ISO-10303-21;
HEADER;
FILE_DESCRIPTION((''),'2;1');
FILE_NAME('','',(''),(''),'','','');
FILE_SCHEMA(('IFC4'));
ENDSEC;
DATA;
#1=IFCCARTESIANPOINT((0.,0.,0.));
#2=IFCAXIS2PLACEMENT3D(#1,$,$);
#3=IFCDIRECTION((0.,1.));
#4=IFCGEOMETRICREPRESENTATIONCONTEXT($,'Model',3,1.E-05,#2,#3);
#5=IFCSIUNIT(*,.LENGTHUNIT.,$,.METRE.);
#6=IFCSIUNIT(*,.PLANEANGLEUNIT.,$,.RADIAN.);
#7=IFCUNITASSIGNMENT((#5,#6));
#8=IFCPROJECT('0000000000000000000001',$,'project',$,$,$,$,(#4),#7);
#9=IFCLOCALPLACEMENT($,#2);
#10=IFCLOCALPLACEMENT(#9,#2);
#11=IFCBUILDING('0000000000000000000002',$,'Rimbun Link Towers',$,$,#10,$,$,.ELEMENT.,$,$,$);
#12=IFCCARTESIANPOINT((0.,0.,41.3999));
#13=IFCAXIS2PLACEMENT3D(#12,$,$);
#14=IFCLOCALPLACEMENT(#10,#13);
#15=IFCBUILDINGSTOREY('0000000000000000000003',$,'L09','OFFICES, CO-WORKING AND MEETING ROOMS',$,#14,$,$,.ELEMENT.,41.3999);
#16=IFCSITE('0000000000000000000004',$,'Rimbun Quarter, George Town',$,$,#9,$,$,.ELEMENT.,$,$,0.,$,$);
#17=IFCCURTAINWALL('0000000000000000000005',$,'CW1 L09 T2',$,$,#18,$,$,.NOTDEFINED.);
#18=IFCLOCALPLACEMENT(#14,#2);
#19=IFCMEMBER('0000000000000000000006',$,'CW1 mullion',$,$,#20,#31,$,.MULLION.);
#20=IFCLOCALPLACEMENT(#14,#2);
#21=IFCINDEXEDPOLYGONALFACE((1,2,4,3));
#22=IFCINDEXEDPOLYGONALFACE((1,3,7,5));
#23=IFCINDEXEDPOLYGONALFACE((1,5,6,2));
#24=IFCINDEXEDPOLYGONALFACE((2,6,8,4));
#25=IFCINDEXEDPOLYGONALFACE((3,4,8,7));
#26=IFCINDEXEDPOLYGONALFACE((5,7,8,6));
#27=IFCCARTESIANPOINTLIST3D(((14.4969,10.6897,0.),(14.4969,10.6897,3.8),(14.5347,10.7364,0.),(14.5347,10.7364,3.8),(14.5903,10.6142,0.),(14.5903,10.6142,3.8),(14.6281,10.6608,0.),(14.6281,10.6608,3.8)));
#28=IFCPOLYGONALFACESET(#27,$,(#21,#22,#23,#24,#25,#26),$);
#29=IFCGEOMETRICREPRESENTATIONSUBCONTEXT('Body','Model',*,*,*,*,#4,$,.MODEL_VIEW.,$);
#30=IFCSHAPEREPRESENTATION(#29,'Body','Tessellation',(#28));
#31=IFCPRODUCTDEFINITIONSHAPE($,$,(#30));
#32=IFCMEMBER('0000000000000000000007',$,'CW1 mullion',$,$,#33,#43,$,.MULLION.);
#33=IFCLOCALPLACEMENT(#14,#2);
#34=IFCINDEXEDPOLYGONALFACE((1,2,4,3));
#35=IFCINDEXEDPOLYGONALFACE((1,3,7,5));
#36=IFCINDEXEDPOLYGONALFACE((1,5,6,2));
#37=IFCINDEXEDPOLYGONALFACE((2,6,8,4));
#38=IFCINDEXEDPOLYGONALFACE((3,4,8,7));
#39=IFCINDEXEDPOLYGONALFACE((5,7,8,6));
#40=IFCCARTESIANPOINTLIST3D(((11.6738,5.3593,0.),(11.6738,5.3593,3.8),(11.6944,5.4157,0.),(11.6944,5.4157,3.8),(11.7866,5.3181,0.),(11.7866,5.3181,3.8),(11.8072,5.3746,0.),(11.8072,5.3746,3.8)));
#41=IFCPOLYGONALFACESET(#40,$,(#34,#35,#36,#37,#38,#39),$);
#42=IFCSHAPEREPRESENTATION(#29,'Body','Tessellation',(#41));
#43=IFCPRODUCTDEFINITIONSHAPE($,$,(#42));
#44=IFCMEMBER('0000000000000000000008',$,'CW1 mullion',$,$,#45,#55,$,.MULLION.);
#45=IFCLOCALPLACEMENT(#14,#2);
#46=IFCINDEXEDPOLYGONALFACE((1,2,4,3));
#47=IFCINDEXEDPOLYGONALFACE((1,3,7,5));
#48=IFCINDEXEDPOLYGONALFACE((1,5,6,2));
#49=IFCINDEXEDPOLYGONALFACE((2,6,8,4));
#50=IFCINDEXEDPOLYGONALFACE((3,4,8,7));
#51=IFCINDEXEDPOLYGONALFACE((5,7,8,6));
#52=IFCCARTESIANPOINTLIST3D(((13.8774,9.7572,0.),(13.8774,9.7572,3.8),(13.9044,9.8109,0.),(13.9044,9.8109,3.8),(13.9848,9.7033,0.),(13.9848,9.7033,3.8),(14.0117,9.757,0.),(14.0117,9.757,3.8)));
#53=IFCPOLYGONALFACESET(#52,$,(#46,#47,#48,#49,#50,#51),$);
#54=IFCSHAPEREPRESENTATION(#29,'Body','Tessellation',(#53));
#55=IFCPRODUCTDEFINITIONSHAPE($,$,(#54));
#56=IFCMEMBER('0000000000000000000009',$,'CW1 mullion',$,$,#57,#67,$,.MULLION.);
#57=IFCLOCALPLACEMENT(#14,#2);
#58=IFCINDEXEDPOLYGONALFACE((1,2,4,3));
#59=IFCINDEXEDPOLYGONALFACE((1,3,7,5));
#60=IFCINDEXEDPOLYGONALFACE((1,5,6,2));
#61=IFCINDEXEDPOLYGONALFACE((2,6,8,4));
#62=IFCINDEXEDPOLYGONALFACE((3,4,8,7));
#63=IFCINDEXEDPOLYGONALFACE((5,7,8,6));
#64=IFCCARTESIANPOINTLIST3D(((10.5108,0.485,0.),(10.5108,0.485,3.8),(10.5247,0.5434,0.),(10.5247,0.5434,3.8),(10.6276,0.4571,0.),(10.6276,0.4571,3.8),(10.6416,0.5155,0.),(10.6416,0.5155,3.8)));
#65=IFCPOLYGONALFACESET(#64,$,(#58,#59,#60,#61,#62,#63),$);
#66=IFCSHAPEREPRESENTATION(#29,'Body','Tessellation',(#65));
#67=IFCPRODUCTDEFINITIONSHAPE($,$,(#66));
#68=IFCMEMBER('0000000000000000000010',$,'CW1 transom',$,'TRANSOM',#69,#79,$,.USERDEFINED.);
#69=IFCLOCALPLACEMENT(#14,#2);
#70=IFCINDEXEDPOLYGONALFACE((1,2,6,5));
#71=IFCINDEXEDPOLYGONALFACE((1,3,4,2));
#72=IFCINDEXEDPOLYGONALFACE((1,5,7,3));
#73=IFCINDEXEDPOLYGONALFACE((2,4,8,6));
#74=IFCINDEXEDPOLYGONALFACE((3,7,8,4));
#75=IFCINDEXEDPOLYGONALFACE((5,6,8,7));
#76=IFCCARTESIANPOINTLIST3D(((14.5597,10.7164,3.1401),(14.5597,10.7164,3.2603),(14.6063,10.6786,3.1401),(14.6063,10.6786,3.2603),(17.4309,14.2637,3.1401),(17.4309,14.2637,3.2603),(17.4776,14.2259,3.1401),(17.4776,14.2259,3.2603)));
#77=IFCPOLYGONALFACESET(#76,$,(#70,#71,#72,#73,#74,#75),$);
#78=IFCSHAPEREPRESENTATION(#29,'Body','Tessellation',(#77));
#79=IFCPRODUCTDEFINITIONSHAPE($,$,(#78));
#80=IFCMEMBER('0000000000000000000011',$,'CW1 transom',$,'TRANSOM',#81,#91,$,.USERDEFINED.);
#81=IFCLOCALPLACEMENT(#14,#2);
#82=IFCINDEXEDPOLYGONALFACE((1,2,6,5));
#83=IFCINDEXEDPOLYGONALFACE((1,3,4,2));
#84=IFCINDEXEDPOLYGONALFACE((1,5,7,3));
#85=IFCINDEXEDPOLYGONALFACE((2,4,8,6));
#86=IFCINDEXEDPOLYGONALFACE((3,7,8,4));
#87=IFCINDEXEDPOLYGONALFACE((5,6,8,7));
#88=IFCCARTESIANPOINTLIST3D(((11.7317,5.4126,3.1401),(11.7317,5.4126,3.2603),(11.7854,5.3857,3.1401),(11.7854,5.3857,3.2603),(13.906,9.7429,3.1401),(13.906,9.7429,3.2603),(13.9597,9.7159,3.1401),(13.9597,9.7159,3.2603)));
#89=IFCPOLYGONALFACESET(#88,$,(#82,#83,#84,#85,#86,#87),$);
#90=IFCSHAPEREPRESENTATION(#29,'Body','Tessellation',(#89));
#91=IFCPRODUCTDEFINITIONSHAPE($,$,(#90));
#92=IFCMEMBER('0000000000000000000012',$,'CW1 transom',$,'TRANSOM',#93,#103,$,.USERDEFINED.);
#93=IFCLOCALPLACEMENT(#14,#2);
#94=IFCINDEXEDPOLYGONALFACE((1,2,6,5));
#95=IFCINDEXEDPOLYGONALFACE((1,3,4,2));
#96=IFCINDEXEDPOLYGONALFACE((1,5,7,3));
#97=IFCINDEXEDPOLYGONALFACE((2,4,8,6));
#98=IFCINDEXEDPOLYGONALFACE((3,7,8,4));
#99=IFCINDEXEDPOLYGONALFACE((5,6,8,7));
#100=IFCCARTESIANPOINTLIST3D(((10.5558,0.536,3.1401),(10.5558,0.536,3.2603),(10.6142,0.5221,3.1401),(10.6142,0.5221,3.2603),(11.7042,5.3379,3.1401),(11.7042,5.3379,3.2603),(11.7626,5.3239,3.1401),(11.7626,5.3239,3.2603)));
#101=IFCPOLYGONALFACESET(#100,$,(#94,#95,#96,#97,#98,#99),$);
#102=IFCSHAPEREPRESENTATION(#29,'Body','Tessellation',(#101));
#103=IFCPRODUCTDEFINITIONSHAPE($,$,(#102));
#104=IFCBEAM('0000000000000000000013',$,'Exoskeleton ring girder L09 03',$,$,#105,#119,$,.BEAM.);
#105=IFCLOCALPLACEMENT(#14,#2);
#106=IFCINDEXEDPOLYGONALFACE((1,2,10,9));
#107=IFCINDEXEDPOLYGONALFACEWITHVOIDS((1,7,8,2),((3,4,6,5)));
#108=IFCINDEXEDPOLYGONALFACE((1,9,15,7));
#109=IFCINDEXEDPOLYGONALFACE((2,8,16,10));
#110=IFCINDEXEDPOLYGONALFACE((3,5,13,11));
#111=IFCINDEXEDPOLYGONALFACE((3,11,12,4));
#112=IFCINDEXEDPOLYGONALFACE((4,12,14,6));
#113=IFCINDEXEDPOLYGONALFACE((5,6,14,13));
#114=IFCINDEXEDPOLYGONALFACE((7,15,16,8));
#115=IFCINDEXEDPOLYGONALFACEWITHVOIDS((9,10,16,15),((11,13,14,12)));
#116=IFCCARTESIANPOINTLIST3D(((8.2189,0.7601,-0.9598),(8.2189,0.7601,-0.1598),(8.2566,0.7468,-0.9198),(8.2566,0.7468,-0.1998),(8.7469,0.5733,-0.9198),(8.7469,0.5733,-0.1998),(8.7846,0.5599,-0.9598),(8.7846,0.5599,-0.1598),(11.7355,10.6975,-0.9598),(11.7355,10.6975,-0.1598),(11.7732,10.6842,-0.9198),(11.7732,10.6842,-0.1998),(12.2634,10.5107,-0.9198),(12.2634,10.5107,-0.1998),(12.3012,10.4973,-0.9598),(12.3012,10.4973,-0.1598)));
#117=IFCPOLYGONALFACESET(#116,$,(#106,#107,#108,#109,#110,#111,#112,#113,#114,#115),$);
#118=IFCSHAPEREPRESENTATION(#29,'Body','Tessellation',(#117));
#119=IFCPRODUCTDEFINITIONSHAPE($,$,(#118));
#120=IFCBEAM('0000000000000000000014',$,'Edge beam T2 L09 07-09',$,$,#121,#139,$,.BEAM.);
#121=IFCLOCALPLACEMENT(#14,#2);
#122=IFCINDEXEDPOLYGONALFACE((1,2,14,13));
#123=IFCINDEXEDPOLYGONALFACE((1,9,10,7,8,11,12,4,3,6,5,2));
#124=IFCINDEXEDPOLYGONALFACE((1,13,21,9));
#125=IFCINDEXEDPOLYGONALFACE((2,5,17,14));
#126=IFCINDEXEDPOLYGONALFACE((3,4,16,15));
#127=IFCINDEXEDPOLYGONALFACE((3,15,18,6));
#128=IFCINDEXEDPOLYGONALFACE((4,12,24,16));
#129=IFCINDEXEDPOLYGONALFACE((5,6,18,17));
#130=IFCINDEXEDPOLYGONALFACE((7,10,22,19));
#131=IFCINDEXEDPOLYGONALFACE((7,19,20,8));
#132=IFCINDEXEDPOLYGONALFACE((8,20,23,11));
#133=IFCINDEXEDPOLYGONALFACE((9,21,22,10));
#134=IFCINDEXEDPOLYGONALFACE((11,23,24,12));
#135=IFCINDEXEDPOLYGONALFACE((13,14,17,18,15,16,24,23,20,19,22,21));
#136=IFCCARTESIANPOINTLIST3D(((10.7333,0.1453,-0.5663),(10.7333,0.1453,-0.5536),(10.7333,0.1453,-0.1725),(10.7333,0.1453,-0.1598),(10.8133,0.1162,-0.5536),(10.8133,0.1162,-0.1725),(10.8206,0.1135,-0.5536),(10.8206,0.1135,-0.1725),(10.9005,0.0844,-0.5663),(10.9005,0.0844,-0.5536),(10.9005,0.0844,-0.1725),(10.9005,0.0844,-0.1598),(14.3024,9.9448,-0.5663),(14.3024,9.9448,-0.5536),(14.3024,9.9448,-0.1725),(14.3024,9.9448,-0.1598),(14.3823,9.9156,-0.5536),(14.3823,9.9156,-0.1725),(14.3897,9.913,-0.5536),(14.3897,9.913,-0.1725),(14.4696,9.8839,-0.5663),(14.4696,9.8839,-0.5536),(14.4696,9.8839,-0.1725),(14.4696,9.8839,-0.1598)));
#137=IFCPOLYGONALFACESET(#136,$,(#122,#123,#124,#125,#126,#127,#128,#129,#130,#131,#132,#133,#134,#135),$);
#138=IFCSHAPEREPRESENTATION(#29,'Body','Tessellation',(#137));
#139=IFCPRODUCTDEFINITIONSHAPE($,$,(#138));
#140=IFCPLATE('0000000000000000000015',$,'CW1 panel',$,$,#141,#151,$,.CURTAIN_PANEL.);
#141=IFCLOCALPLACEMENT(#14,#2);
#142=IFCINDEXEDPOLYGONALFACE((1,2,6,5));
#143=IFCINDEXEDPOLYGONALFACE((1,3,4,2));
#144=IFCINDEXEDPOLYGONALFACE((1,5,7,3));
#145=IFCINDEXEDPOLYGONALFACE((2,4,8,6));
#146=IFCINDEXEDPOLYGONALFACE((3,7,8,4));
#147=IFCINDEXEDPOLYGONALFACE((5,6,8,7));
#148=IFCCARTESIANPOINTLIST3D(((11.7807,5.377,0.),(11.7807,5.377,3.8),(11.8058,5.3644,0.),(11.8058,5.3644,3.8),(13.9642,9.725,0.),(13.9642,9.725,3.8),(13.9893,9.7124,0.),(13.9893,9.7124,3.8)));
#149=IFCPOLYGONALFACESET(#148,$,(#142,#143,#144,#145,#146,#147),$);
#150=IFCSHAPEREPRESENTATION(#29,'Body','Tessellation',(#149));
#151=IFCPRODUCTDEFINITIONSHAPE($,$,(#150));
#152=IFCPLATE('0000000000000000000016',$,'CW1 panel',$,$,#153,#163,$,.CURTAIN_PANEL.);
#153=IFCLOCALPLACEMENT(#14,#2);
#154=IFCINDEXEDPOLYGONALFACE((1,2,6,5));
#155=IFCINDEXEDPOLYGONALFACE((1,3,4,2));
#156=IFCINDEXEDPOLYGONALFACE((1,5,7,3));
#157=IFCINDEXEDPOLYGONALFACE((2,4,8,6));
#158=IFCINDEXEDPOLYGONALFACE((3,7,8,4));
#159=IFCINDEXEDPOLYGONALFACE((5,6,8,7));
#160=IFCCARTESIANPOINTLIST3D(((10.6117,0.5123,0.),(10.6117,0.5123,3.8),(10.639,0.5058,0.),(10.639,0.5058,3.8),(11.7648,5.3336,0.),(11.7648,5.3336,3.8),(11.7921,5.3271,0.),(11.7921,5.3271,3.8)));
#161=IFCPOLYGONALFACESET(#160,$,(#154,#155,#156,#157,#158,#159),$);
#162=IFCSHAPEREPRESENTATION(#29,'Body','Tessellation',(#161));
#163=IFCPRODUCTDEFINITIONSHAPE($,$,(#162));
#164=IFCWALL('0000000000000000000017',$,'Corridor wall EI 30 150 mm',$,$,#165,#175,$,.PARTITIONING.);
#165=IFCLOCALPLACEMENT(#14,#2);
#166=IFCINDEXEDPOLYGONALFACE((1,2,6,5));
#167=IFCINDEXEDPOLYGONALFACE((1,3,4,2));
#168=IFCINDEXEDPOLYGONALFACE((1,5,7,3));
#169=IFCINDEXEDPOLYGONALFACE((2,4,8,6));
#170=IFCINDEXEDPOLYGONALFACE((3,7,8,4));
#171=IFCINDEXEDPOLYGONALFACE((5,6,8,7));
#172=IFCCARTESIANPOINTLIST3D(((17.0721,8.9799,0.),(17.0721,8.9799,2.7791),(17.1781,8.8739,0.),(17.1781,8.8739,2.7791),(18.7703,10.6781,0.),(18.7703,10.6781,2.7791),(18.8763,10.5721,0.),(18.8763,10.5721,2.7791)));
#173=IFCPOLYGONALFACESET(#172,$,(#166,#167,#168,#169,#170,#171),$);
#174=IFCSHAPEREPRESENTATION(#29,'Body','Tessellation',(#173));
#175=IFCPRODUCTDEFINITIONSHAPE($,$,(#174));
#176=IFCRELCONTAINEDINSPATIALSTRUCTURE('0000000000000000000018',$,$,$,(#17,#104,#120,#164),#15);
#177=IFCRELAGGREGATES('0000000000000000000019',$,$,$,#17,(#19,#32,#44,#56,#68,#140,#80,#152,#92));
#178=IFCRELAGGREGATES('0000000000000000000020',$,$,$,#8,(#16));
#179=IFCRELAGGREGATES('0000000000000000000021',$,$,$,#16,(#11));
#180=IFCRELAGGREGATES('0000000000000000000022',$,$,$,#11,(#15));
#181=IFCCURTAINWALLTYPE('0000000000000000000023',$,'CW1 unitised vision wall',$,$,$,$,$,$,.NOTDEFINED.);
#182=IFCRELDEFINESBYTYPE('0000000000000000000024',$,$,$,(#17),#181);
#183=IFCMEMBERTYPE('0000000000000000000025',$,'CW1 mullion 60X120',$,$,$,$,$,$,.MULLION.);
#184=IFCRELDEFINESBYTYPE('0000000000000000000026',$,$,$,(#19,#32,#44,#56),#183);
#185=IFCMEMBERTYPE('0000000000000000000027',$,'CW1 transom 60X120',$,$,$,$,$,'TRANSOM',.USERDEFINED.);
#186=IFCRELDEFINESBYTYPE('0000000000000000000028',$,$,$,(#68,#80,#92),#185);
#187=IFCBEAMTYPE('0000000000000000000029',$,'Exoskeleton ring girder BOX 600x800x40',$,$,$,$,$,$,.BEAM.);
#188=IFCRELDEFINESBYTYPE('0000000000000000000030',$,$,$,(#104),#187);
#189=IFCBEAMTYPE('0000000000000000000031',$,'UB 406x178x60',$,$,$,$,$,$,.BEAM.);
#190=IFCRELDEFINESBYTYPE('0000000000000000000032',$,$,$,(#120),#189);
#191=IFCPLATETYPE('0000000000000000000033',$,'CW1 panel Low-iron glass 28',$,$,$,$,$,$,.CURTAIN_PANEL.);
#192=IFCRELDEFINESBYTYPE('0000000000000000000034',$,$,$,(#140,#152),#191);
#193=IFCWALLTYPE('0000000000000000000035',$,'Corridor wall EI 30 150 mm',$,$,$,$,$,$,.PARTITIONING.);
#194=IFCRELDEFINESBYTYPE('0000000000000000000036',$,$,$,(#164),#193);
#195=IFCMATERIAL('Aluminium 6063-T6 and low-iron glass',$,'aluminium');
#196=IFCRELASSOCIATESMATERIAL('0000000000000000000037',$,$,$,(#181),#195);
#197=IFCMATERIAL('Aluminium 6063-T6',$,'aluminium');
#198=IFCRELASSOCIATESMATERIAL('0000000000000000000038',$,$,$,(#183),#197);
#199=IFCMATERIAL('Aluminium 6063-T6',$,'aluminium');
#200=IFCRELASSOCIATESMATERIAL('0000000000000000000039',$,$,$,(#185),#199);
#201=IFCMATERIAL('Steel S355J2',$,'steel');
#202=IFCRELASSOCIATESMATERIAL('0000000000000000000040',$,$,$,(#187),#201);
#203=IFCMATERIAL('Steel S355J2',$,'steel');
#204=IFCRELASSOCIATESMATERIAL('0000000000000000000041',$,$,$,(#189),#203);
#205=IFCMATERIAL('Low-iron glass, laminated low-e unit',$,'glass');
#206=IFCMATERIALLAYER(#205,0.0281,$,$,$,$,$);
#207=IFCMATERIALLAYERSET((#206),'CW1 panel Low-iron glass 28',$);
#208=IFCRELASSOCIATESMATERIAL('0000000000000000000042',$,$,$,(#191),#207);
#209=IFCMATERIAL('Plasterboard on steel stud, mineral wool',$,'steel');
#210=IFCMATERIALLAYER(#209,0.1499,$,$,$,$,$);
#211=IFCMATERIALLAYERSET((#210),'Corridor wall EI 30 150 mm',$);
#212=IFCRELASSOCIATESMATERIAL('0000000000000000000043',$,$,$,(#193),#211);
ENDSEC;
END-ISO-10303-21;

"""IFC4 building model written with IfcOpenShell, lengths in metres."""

from ifc_helpers import new_model, si_unit, direction, frame, frame_2d, origin, origin_2d, place, context, subcontext, project, spatial, rectangle, hollow_rectangle, i_section, extrude, material, layer, layer_set, material_profile, profile_set, type_object, element, aggregate, save


model = new_model("IFC4")

# Units and contexts
model_context = context("Model", 3, precision=1e-05, world=origin(), true_north=direction((0.0, 1.0)))
body_context = subcontext(model_context, "Body", "Model", "MODEL_VIEW")
ifc_project = project(units=[si_unit("LENGTHUNIT", "METRE"), si_unit("PLANEANGLEUNIT", "RADIAN")], contexts=[model_context])

# Site, building, storey
site_placement = place(None, origin())
site = spatial("IfcSite", under=ifc_project, at=site_placement, Name="Rimbun Quarter, George Town", CompositionType="ELEMENT", RefElevation=0.0)
building_placement = place(site_placement, origin())
building = spatial("IfcBuilding", under=site, at=building_placement, Name="Rimbun Link Towers", CompositionType="ELEMENT")
storey_placement = place(building_placement, frame((0.0, 0.0, 41.3999)))
storey = spatial("IfcBuildingStorey", under=building, at=storey_placement, Name="L09", Description="OFFICES, CO-WORKING AND MEETING ROOMS", CompositionType="ELEMENT", Elevation=41.3999)

# Curtain wall, members
ifc_material_1 = material(Name="Aluminium 6063-T6 and low-iron glass", Category="aluminium")
curtain_wall_type = type_object("IfcCurtainWallType", Name="CW1 unitised vision wall", PredefinedType="NOTDEFINED", material=ifc_material_1)
curtain_wall_placement = place(storey_placement, origin())
curtain_wall = element("IfcCurtainWall", 1, at=curtain_wall_placement, inside=storey, type_object=curtain_wall_type, Name="CW1 L09 T2", PredefinedType="NOTDEFINED")
ifc_material_2 = material(Name="Aluminium 6063-T6", Category="aluminium")
ifc_material_profile_1 = material_profile(ifc_material_2, rectangle(XDim=0.1201, YDim=0.0601, at=origin_2d()), Name="MULLION 60X120")
ifc_profile_set_1 = profile_set([ifc_material_profile_1], Name="Aluminium 6063-T6")
member_type_1 = type_object("IfcMemberType", Name="CW1 mullion 60X120", PredefinedType="MULLION", material=ifc_profile_set_1)
member_1_placement = place(storey_placement, frame((14.5625, 10.6753, 0.0), z_axis=(0.0, 0.0, 1.0), x_axis=(-0.77728, 0.629155, 0.0)))
member_1 = element("IfcMember", 2, at=member_1_placement, type_object=member_type_1, Name="CW1 mullion", PredefinedType="MULLION", context=body_context, shape_type="SweptSolid", body=[
    extrude(rectangle(XDim=0.1201, YDim=0.0601, at=origin_2d()), origin(), (0.0, 0.0, 1.0), 3.8),
])
member_2_placement = place(storey_placement, frame((11.7405, 5.3669, 0.0), z_axis=(0.0, 0.0, 1.0), x_axis=(-0.939348, 0.342966, 0.0)))
member_2 = element("IfcMember", 3, at=member_2_placement, type_object=member_type_1, Name="CW1 mullion", PredefinedType="MULLION", context=body_context, shape_type="SweptSolid", body=[
    extrude(rectangle(XDim=0.1201, YDim=0.0601, at=origin_2d()), origin(), (0.0, 0.0, 1.0), 3.8),
])
member_3_placement = place(storey_placement, frame((13.9446, 9.7571, 0.0), z_axis=(0.0, 0.0, 1.0), x_axis=(-0.893649, 0.448766, 0.0)))
member_3 = element("IfcMember", 4, at=member_3_placement, type_object=member_type_1, Name="CW1 mullion", PredefinedType="MULLION", context=body_context, shape_type="SweptSolid", body=[
    extrude(rectangle(XDim=0.1201, YDim=0.0601, at=origin_2d()), origin(), (0.0, 0.0, 1.0), 3.8),
])
member_4_placement = place(storey_placement, frame((10.5762, 0.5002, 0.0), z_axis=(0.0, 0.0, 1.0), x_axis=(-0.97257, 0.23261, 0.0)))
member_4 = element("IfcMember", 5, at=member_4_placement, type_object=member_type_1, Name="CW1 mullion", PredefinedType="MULLION", context=body_context, shape_type="SweptSolid", body=[
    extrude(rectangle(XDim=0.1201, YDim=0.0601, at=origin_2d()), origin(), (0.0, 0.0, 1.0), 3.8),
])
ifc_material_3 = material(Name="Aluminium 6063-T6", Category="aluminium")
ifc_material_profile_2 = material_profile(ifc_material_3, rectangle(XDim=0.0601, YDim=0.1201, at=origin_2d()), Name="TRANSOM 60X120")
ifc_profile_set_2 = profile_set([ifc_material_profile_2], Name="Aluminium 6063-T6")
member_type_2 = type_object("IfcMemberType", Name="CW1 transom 60X120", ElementType="TRANSOM", PredefinedType="USERDEFINED", material=ifc_profile_set_2)
member_5_placement = place(storey_placement, frame((14.583, 10.6975, 3.2002), z_axis=(0.629154, 0.777281, 0.0), x_axis=(-0.777281, 0.629154, 0.0)))
member_5 = element("IfcMember", 6, at=member_5_placement, type_object=member_type_2, Name="CW1 transom", ObjectType="TRANSOM", PredefinedType="USERDEFINED", context=body_context, shape_type="SweptSolid", body=[
    extrude(rectangle(XDim=0.0601, YDim=0.1201, at=origin_2d()), origin(), (0.0, 0.0, 1.0), 4.5637),
])
member_6_placement = place(storey_placement, frame((11.7585, 5.3992, 3.2002), z_axis=(0.448724, 0.89367, 0.0), x_axis=(-0.89367, 0.448724, 0.0)))
member_6 = element("IfcMember", 7, at=member_6_placement, type_object=member_type_2, Name="CW1 transom", ObjectType="TRANSOM", PredefinedType="USERDEFINED", context=body_context, shape_type="SweptSolid", body=[
    extrude(rectangle(XDim=0.0601, YDim=0.1201, at=origin_2d()), origin(), (0.0, 0.0, 1.0), 4.8455),
])
member_7_placement = place(storey_placement, frame((10.585, 0.5291, 3.2002), z_axis=(0.23261, 0.97257, 0.0), x_axis=(-0.97257, 0.23261, 0.0)))
member_7 = element("IfcMember", 8, at=member_7_placement, type_object=member_type_2, Name="CW1 transom", ObjectType="TRANSOM", PredefinedType="USERDEFINED", context=body_context, shape_type="SweptSolid", body=[
    extrude(rectangle(XDim=0.0601, YDim=0.1201, at=origin_2d()), origin(), (0.0, 0.0, 1.0), 4.9373),
])

# Beams
ifc_material_4 = material(Name="Steel S355J2", Category="steel")
ifc_material_profile_3 = material_profile(ifc_material_4, hollow_rectangle(XDim=0.6001, YDim=0.8, WallThickness=0.04, at=origin_2d()), Name="Exoskeleton ring girder BOX 600x800x40")
ifc_profile_set_3 = profile_set([ifc_material_profile_3], Name="Steel S355J2")
beam_type_1 = type_object("IfcBeamType", Name="Exoskeleton ring girder BOX 600x800x40", PredefinedType="BEAM", material=ifc_profile_set_3)
beam_1_placement = place(storey_placement, frame((12.0183, 10.5974, -0.5598), z_axis=(-0.3336, -0.942715, 0.0), x_axis=(0.942715, -0.3336, 0.0)))
element("IfcBeam", 9, at=beam_1_placement, inside=storey, type_object=beam_type_1, Name="Exoskeleton ring girder L09 03", PredefinedType="BEAM", context=body_context, shape_type="SweptSolid", body=[
    extrude(hollow_rectangle(XDim=0.6001, YDim=0.8, WallThickness=0.04, at=origin_2d()), origin(), (0.0, 0.0, 1.0), 10.5413),
])
ifc_material_5 = material(Name="Steel S355J2", Category="steel")
ifc_material_profile_4 = material_profile(ifc_material_5, i_section(OverallWidth=0.178, OverallDepth=0.4065, WebThickness=0.0078, FlangeThickness=0.0127, at=origin_2d()), Name="UB 406x178x60")
ifc_profile_set_4 = profile_set([ifc_material_profile_4], Name="Steel S355J2")
beam_type_2 = type_object("IfcBeamType", Name="UB 406x178x60", PredefinedType="BEAM", material=ifc_profile_set_4)
beam_2_placement = place(storey_placement, frame((14.386, 9.9143, -0.363), z_axis=(-0.342219, -0.93962, 0.0), x_axis=(0.93962, -0.342219, 0.0)))
element("IfcBeam", 10, at=beam_2_placement, inside=storey, type_object=beam_type_2, Name="Edge beam T2 L09 07-09", PredefinedType="BEAM", context=body_context, shape_type="SweptSolid", body=[
    extrude(i_section(OverallWidth=0.178, OverallDepth=0.4065, WebThickness=0.0078, FlangeThickness=0.0127, at=origin_2d()), origin(), (0.0, 0.0, 1.0), 10.4292),
])

# Plates
ifc_material_6 = material(Name="Low-iron glass, laminated low-e unit", Category="glass")
ifc_layer_1 = layer(ifc_material_6, 0.0281)
ifc_layer_set_1 = layer_set([ifc_layer_1], Name="CW1 panel Low-iron glass 28")
plate_type = type_object("IfcPlateType", Name="CW1 panel Low-iron glass 28", PredefinedType="CURTAIN_PANEL", material=ifc_layer_set_1)
plate_1_placement = place(storey_placement, frame((12.885, 7.5447, 0.0), z_axis=(0.0, 0.0, 1.0), x_axis=(0.448766, 0.893649, 0.0)))
plate_1 = element("IfcPlate", 11, at=plate_1_placement, type_object=plate_type, Name="CW1 panel", PredefinedType="CURTAIN_PANEL", context=body_context, shape_type="SweptSolid", body=[
    extrude(rectangle(XDim=4.8655, YDim=0.0281, at=origin_2d()), origin(), (0.0, 0.0, 1.0), 3.8),
])
plate_2_placement = place(storey_placement, frame((11.2019, 2.9197, 0.0), z_axis=(0.0, 0.0, 1.0), x_axis=(0.23261, 0.97257, 0.0)))
plate_2 = element("IfcPlate", 12, at=plate_2_placement, type_object=plate_type, Name="CW1 panel", PredefinedType="CURTAIN_PANEL", context=body_context, shape_type="SweptSolid", body=[
    extrude(rectangle(XDim=4.9573, YDim=0.0281, at=origin_2d()), origin(), (0.0, 0.0, 1.0), 3.8),
])
aggregate(curtain_wall, [member_1, member_2, member_3, member_4, member_5, plate_1, member_6, plate_2, member_7])

# Wall
ifc_material_7 = material(Name="Plasterboard on steel stud, mineral wool", Category="steel")
ifc_layer_2 = layer(ifc_material_7, 0.1499)
ifc_layer_set_2 = layer_set([ifc_layer_2], Name="Corridor wall EI 30 150 mm")
wall_type_1 = type_object("IfcWallType", Name="Corridor wall EI 30 150 mm", PredefinedType="PARTITIONING", material=ifc_layer_set_2)
wall_1_placement = place(storey_placement, frame((18.8232, 10.625, 0.0), z_axis=(0.0, 0.0, 1.0), x_axis=(-0.707107, -0.707107, 0.0)))
element("IfcWall", 13, at=wall_1_placement, inside=storey, type_object=wall_type_1, Name="Corridor wall EI 30 150 mm", PredefinedType="PARTITIONING", context=body_context, shape_type="SweptSolid", body=[
    extrude(rectangle(XDim=2.4016, YDim=0.1499, at=frame_2d((1.2007, 0.0))), origin(), (0.0, 0.0, 1.0), 2.7791),
])

save(model, "model.ifc")
